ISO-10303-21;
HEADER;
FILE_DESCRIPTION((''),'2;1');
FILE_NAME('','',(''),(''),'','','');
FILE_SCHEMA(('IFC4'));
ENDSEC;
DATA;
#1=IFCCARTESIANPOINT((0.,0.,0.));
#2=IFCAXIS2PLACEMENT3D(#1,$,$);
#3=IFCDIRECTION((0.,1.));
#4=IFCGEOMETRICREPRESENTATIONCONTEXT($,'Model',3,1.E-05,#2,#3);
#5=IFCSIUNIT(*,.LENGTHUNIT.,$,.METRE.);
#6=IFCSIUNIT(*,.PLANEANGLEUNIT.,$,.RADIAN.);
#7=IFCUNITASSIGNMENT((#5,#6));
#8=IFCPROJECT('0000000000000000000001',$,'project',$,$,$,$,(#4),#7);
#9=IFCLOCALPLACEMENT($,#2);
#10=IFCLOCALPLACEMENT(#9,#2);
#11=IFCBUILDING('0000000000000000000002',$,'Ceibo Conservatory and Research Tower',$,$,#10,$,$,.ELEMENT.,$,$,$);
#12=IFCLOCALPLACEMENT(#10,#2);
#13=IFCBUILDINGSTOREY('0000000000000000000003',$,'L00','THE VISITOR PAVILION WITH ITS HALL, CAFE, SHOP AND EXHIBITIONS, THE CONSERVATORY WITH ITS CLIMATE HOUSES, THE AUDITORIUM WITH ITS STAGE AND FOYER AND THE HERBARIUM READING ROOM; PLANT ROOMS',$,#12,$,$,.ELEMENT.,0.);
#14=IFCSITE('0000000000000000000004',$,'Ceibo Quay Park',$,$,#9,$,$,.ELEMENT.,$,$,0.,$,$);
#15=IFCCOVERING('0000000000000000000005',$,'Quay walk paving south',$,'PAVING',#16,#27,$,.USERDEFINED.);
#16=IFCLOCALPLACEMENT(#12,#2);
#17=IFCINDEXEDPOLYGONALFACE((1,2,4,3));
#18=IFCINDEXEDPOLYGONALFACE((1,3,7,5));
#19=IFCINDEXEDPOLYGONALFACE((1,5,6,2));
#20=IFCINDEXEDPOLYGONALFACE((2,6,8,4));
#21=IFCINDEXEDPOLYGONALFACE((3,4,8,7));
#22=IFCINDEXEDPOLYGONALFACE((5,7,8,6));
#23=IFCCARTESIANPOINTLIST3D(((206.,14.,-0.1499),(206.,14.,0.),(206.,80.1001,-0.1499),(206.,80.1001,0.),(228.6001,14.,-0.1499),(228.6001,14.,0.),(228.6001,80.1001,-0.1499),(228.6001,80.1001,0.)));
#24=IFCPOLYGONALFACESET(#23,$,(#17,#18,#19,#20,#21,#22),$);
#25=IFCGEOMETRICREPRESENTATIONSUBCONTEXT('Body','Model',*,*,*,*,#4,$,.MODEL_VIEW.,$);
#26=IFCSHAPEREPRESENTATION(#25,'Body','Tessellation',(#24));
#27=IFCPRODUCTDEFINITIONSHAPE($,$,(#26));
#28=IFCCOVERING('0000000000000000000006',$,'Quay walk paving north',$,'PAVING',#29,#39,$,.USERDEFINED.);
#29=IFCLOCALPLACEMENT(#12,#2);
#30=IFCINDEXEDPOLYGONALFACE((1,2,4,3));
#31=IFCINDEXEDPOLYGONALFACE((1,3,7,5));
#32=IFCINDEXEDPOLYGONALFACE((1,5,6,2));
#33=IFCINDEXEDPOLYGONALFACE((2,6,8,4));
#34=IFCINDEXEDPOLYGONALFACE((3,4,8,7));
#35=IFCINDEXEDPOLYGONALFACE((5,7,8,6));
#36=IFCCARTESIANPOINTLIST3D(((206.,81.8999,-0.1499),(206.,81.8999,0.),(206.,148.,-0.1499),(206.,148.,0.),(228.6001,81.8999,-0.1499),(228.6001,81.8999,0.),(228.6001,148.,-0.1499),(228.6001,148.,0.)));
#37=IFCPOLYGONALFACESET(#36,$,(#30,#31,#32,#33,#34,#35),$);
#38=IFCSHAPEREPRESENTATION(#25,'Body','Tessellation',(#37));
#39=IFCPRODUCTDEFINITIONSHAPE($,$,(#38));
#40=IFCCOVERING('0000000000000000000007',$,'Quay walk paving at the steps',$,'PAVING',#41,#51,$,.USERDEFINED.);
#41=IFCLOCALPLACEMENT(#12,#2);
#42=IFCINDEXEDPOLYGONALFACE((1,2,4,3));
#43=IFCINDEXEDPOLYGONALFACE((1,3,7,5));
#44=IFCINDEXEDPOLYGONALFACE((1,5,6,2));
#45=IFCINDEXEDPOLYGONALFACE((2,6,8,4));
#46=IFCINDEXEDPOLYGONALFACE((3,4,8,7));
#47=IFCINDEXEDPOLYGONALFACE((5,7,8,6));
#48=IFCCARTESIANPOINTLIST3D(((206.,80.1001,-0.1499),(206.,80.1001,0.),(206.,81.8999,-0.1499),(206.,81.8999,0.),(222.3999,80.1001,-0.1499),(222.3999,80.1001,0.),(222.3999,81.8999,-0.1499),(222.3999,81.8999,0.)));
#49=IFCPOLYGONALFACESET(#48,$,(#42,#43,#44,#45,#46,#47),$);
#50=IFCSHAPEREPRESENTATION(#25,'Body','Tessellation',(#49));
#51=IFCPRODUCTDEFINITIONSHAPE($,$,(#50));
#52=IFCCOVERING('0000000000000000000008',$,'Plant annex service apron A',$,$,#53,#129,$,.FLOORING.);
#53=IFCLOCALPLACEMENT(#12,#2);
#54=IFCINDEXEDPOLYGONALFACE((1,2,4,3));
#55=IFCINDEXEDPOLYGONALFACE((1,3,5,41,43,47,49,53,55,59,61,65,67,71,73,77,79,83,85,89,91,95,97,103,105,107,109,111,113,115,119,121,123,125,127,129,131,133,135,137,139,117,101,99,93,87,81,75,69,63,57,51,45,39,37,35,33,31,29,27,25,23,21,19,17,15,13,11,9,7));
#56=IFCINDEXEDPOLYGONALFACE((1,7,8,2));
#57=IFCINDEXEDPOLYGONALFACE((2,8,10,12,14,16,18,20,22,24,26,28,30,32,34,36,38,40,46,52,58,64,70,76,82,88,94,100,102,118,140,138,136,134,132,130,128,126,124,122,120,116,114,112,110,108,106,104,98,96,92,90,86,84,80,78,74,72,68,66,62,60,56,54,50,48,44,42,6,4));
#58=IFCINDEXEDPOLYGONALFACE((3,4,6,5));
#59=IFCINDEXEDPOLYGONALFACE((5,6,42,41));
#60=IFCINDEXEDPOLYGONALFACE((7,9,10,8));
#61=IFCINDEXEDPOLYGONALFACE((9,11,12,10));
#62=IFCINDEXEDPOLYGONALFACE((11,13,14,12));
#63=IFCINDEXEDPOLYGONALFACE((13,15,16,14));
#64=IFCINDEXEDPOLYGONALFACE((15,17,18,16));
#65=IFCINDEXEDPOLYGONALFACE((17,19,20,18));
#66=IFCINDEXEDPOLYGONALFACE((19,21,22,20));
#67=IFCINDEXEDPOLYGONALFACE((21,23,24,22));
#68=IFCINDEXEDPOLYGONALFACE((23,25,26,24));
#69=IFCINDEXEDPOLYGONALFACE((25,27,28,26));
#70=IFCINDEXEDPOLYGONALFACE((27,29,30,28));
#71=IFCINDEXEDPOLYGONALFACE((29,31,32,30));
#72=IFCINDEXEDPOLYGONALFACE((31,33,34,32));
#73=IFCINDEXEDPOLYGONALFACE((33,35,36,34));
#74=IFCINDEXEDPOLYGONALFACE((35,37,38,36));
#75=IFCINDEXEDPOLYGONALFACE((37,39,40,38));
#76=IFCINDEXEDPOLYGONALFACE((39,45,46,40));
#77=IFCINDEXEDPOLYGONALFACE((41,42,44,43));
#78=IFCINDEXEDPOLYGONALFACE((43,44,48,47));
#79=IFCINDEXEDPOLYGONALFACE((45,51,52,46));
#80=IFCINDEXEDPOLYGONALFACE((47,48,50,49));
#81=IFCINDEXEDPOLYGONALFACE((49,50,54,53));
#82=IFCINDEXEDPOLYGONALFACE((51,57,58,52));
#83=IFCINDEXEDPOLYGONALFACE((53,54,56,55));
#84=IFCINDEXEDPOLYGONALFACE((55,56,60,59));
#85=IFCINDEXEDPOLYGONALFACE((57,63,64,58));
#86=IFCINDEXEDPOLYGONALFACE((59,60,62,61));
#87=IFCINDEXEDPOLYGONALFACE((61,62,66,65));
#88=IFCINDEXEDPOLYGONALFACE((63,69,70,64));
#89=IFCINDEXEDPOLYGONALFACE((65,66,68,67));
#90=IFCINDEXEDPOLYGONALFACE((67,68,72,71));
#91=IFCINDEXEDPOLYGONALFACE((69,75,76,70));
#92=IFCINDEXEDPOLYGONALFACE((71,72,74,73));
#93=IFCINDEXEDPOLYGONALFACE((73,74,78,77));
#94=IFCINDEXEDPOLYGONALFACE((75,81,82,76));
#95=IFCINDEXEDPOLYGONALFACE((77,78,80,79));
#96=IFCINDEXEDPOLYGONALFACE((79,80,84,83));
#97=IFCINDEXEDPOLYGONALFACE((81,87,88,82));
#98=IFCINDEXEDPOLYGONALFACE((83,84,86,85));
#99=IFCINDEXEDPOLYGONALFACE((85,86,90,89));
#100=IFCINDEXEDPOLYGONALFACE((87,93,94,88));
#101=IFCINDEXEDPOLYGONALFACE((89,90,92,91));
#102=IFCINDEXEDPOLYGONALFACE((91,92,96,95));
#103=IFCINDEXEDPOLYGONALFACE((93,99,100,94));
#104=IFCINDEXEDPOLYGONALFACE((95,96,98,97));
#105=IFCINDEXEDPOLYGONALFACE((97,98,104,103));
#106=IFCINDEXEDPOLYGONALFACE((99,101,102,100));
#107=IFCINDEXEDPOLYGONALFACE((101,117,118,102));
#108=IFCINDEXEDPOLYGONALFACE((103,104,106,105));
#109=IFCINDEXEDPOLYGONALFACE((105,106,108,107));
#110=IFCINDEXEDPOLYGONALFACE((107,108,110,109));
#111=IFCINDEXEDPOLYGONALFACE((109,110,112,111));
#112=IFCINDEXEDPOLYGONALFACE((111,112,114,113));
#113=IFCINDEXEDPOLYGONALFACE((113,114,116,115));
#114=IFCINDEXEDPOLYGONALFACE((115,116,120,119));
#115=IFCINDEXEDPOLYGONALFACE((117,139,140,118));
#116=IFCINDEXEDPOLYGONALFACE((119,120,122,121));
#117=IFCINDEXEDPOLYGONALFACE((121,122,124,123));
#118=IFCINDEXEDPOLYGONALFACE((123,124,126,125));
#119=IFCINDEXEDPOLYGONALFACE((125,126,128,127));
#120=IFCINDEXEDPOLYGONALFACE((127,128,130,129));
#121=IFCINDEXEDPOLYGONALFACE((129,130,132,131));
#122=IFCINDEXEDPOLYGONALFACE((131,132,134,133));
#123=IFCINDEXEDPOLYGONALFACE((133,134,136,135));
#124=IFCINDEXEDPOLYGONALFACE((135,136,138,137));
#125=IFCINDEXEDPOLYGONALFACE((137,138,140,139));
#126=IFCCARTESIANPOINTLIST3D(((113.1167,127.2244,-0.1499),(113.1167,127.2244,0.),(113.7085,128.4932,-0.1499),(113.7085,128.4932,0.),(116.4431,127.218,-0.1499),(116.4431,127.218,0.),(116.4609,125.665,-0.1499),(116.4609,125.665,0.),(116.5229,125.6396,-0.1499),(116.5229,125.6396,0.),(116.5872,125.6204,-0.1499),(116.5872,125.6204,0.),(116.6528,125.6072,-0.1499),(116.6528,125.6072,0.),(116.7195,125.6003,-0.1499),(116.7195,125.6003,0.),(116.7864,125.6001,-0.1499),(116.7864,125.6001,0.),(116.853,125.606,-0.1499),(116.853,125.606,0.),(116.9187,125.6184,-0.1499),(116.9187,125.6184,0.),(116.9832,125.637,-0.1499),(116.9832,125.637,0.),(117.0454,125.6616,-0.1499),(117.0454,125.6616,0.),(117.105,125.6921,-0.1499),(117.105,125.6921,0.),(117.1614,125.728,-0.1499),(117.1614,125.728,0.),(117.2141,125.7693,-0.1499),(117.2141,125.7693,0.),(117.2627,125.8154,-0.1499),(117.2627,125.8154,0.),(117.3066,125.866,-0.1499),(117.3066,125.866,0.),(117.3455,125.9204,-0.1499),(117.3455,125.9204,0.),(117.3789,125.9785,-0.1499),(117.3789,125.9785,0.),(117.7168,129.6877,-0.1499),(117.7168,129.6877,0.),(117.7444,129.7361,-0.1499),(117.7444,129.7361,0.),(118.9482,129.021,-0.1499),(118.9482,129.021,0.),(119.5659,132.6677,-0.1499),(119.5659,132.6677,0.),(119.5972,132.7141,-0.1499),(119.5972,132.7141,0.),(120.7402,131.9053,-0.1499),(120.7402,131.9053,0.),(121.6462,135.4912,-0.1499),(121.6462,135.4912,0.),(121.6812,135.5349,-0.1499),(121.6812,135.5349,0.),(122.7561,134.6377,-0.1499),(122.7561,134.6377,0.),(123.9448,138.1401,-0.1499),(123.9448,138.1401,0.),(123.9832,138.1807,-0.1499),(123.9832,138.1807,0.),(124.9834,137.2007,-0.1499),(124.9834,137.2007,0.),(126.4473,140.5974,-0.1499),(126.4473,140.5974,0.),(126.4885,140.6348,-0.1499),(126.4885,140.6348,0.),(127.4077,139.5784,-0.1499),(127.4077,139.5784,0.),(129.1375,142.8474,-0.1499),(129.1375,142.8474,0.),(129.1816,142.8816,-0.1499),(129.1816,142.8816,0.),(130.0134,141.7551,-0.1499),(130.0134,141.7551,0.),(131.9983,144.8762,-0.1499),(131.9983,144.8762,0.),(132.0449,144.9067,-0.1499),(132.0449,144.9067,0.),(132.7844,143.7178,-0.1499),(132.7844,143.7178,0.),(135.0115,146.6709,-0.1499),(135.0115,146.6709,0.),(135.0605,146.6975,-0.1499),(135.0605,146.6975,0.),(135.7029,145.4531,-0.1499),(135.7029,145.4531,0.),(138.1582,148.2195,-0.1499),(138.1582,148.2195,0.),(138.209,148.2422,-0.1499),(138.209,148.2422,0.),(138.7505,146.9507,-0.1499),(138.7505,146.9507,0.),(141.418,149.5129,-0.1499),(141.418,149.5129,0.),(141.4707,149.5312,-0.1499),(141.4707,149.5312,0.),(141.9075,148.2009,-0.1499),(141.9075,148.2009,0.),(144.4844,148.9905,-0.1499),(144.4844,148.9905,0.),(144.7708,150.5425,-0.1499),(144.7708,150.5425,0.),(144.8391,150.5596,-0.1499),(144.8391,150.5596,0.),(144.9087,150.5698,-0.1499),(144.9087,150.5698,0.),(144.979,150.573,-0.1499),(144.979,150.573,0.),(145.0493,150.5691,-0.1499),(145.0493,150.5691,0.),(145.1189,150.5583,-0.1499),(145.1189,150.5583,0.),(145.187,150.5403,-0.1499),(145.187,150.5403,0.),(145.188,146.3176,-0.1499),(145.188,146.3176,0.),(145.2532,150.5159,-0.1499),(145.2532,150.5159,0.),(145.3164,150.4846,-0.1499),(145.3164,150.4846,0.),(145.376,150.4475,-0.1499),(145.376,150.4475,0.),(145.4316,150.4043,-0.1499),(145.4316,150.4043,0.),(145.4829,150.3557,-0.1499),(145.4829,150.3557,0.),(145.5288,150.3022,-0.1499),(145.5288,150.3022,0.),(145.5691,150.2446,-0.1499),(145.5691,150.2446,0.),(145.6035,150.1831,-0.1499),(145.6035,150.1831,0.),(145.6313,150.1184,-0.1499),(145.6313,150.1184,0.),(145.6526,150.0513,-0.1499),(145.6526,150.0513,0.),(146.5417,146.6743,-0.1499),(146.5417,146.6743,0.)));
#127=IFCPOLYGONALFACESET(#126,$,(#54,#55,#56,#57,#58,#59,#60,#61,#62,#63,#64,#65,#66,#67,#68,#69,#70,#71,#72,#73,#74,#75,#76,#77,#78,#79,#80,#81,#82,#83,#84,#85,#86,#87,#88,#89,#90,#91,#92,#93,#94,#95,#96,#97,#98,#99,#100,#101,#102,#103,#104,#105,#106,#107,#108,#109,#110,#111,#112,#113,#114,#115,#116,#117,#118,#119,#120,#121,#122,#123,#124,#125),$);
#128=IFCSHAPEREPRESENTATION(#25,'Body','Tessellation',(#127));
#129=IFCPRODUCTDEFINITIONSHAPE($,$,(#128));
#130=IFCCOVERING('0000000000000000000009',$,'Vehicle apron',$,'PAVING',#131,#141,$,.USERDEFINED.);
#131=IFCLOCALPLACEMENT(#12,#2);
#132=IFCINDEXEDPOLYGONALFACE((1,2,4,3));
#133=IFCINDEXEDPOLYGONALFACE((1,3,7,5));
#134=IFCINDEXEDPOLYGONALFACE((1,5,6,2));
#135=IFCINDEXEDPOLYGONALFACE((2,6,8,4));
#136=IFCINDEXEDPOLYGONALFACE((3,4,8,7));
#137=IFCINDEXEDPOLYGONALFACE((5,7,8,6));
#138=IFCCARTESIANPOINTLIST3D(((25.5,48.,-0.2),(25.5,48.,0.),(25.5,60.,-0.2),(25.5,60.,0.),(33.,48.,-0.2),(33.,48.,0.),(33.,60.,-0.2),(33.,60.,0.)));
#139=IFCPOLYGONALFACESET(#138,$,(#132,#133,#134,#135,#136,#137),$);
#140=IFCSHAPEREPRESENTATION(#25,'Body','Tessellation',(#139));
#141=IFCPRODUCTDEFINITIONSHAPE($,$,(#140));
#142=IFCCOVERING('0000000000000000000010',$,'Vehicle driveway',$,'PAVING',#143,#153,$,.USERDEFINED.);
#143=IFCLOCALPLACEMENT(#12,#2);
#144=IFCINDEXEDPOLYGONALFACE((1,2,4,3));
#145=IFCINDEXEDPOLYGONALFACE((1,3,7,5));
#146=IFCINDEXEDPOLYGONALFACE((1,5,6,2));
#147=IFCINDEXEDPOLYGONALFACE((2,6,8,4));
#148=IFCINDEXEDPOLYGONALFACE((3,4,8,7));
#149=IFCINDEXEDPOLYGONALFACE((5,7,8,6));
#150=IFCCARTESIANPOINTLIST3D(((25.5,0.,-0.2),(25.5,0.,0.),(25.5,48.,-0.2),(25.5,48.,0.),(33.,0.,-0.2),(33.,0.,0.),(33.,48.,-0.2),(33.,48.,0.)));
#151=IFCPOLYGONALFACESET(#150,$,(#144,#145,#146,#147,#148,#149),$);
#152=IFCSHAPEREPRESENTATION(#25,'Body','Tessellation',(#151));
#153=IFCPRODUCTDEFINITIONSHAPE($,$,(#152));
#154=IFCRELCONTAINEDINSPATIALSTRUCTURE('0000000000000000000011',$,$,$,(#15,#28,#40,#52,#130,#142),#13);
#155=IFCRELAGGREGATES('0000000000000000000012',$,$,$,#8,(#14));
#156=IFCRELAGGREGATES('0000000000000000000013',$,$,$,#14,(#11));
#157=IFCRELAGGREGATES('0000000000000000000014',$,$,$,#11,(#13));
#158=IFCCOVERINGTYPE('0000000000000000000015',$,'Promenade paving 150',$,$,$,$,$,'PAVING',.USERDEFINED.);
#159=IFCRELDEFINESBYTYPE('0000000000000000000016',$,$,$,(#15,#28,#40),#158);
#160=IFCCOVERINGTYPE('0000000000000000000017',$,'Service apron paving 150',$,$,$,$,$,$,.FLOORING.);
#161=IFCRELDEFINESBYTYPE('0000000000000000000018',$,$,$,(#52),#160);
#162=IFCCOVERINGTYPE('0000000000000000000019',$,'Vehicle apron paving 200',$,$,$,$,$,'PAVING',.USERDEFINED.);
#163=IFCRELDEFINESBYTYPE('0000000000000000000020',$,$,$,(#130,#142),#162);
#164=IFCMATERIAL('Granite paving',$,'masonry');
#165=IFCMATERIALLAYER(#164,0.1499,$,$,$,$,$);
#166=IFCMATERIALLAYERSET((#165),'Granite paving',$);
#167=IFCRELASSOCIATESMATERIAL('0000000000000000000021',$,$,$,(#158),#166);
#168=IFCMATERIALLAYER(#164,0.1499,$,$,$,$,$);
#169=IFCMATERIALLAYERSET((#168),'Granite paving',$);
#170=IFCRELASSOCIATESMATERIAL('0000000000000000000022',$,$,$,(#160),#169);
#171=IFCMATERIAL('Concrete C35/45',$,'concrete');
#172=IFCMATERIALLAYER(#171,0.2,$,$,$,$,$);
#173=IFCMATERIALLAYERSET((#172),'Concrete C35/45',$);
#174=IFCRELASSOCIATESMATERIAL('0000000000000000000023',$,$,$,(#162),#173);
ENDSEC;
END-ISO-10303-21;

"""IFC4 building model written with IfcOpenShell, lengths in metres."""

from ifc_helpers import new_model, si_unit, direction, frame, origin, place, context, subcontext, project, spatial, polyline, outline, extrude, material, layer, layer_set, type_object, element, save


model = new_model("IFC4")

# Units and contexts
model_context = context("Model", 3, precision=1e-05, world=origin(), true_north=direction((0.0, 1.0)))
body_context = subcontext(model_context, "Body", "Model", "MODEL_VIEW")
ifc_project = project(units=[si_unit("LENGTHUNIT", "METRE"), si_unit("PLANEANGLEUNIT", "RADIAN")], contexts=[model_context])

# Site, building, storey
site_placement = place(None, origin())
site = spatial("IfcSite", under=ifc_project, at=site_placement, Name="Ceibo Quay Park", CompositionType="ELEMENT", RefElevation=0.0)
building_placement = place(site_placement, origin())
building = spatial("IfcBuilding", under=site, at=building_placement, Name="Ceibo Conservatory and Research Tower", CompositionType="ELEMENT")
storey_placement = place(building_placement, origin())
storey = spatial("IfcBuildingStorey", under=building, at=storey_placement, Name="L00", Description="THE VISITOR PAVILION WITH ITS HALL, CAFE, SHOP AND EXHIBITIONS, THE CONSERVATORY WITH ITS CLIMATE HOUSES, THE AUDITORIUM WITH ITS STAGE AND FOYER AND THE HERBARIUM READING ROOM; PLANT ROOMS", CompositionType="ELEMENT", Elevation=0.0)

# Shared definitions
ifc_material_1 = material(Name="Concrete C35/45", Category="concrete")

# Coverings
ifc_material_2 = material(Name="Granite paving", Category="masonry")
ifc_layer_1 = layer(ifc_material_2, 0.1499)
ifc_layer_set_1 = layer_set([ifc_layer_1], Name="Granite paving")
covering_type_1 = type_object("IfcCoveringType", Name="Promenade paving 150", ElementType="PAVING", PredefinedType="USERDEFINED", material=ifc_layer_set_1)
covering_1_placement = place(storey_placement, frame((0.0, 0.0, -0.1499)))
element("IfcCovering", 1, at=covering_1_placement, inside=storey, type_object=covering_type_1, Name="Quay walk paving south", ObjectType="PAVING", PredefinedType="USERDEFINED", context=body_context, shape_type="SweptSolid", body=[
    extrude(outline(polyline([(206.0, 14.0), (228.6001, 14.0), (228.6001, 80.1001), (206.0, 80.1001), (206.0, 14.0)])), origin(), (0.0, 0.0, 1.0), 0.1499),
])
covering_2_placement = place(storey_placement, frame((0.0, 0.0, -0.1499)))
element("IfcCovering", 2, at=covering_2_placement, inside=storey, type_object=covering_type_1, Name="Quay walk paving north", ObjectType="PAVING", PredefinedType="USERDEFINED", context=body_context, shape_type="SweptSolid", body=[
    extrude(outline(polyline([(206.0, 81.8999), (228.6001, 81.8999), (228.6001, 148.0), (206.0, 148.0), (206.0, 81.8999)])), origin(), (0.0, 0.0, 1.0), 0.1499),
])
covering_3_placement = place(storey_placement, frame((0.0, 0.0, -0.1499)))
element("IfcCovering", 3, at=covering_3_placement, inside=storey, type_object=covering_type_1, Name="Quay walk paving at the steps", ObjectType="PAVING", PredefinedType="USERDEFINED", context=body_context, shape_type="SweptSolid", body=[
    extrude(outline(polyline([(206.0, 80.1001), (222.3999, 80.1001), (222.3999, 81.8999), (206.0, 81.8999), (206.0, 80.1001)])), origin(), (0.0, 0.0, 1.0), 0.1499),
])
ifc_layer_2 = layer(ifc_material_2, 0.1499)
ifc_layer_set_2 = layer_set([ifc_layer_2], Name="Granite paving")
covering_type_2 = type_object("IfcCoveringType", Name="Service apron paving 150", PredefinedType="FLOORING", material=ifc_layer_set_2)
covering_4_placement = place(storey_placement, frame((0.0, 0.0, -0.1499)))
element("IfcCovering", 4, at=covering_4_placement, inside=storey, type_object=covering_type_2, Name="Plant annex service apron A", PredefinedType="FLOORING", context=body_context, shape_type="SweptSolid", body=[
    extrude(outline(polyline([(116.4431, 127.218), (117.7168, 129.6877), (117.7444, 129.7361), (119.5659, 132.6677), (119.5972, 132.7141), (121.6462, 135.4912), (121.6812, 135.5349), (123.9448, 138.1401), (123.9832, 138.1807), (126.4473, 140.5974), (126.4885, 140.6348), (129.1375, 142.8474), (129.1816, 142.8816), (131.9983, 144.8762), (132.0449, 144.9067), (135.0115, 146.6709), (135.0605, 146.6975), (138.1582, 148.2195), (138.209, 148.2422), (141.418, 149.5129), (141.4707, 149.5312), (144.7708, 150.5425), (144.8391, 150.5596), (144.9087, 150.5698), (144.979, 150.573), (145.0493, 150.5691), (145.1189, 150.5583), (145.187, 150.5403), (145.2532, 150.5159), (145.3164, 150.4846), (145.376, 150.4475), (145.4316, 150.4043), (145.4829, 150.3557), (145.5288, 150.3022), (145.5691, 150.2446), (145.6035, 150.1831), (145.6313, 150.1184), (145.6526, 150.0513), (146.5417, 146.6743), (145.188, 146.3176), (144.4844, 148.9905), (141.9075, 148.2009), (138.7505, 146.9507), (135.7029, 145.4531), (132.7844, 143.7178), (130.0134, 141.7551), (127.4077, 139.5784), (124.9834, 137.2007), (122.7561, 134.6377), (120.7402, 131.9053), (118.9482, 129.021), (117.3789, 125.9785), (117.3455, 125.9204), (117.3066, 125.866), (117.2627, 125.8154), (117.2141, 125.7693), (117.1614, 125.728), (117.105, 125.6921), (117.0454, 125.6616), (116.9832, 125.637), (116.9187, 125.6184), (116.853, 125.606), (116.7864, 125.6001), (116.7195, 125.6003), (116.6528, 125.6072), (116.5872, 125.6204), (116.5229, 125.6396), (116.4609, 125.665), (113.1167, 127.2244), (113.7085, 128.4932), (116.4431, 127.218)])), origin(), (0.0, 0.0, 1.0), 0.1499),
])
ifc_layer_3 = layer(ifc_material_1, 0.2)
ifc_layer_set_3 = layer_set([ifc_layer_3], Name="Concrete C35/45")
covering_type_3 = type_object("IfcCoveringType", Name="Vehicle apron paving 200", ElementType="PAVING", PredefinedType="USERDEFINED", material=ifc_layer_set_3)
covering_5_placement = place(storey_placement, frame((0.0, 0.0, -0.2)))
element("IfcCovering", 5, at=covering_5_placement, inside=storey, type_object=covering_type_3, Name="Vehicle apron", ObjectType="PAVING", PredefinedType="USERDEFINED", context=body_context, shape_type="SweptSolid", body=[
    extrude(outline(polyline([(25.5, 48.0), (33.0, 48.0), (33.0, 60.0), (25.5, 60.0), (25.5, 48.0)])), origin(), (0.0, 0.0, 1.0), 0.2),
])
covering_6_placement = place(storey_placement, frame((0.0, 0.0, -0.2)))
element("IfcCovering", 6, at=covering_6_placement, inside=storey, type_object=covering_type_3, Name="Vehicle driveway", ObjectType="PAVING", PredefinedType="USERDEFINED", context=body_context, shape_type="SweptSolid", body=[
    extrude(outline(polyline([(25.5, 0.0), (33.0, 0.0), (33.0, 48.0), (25.5, 48.0), (25.5, 0.0)])), origin(), (0.0, 0.0, 1.0), 0.2),
])

save(model, "model.ifc")
